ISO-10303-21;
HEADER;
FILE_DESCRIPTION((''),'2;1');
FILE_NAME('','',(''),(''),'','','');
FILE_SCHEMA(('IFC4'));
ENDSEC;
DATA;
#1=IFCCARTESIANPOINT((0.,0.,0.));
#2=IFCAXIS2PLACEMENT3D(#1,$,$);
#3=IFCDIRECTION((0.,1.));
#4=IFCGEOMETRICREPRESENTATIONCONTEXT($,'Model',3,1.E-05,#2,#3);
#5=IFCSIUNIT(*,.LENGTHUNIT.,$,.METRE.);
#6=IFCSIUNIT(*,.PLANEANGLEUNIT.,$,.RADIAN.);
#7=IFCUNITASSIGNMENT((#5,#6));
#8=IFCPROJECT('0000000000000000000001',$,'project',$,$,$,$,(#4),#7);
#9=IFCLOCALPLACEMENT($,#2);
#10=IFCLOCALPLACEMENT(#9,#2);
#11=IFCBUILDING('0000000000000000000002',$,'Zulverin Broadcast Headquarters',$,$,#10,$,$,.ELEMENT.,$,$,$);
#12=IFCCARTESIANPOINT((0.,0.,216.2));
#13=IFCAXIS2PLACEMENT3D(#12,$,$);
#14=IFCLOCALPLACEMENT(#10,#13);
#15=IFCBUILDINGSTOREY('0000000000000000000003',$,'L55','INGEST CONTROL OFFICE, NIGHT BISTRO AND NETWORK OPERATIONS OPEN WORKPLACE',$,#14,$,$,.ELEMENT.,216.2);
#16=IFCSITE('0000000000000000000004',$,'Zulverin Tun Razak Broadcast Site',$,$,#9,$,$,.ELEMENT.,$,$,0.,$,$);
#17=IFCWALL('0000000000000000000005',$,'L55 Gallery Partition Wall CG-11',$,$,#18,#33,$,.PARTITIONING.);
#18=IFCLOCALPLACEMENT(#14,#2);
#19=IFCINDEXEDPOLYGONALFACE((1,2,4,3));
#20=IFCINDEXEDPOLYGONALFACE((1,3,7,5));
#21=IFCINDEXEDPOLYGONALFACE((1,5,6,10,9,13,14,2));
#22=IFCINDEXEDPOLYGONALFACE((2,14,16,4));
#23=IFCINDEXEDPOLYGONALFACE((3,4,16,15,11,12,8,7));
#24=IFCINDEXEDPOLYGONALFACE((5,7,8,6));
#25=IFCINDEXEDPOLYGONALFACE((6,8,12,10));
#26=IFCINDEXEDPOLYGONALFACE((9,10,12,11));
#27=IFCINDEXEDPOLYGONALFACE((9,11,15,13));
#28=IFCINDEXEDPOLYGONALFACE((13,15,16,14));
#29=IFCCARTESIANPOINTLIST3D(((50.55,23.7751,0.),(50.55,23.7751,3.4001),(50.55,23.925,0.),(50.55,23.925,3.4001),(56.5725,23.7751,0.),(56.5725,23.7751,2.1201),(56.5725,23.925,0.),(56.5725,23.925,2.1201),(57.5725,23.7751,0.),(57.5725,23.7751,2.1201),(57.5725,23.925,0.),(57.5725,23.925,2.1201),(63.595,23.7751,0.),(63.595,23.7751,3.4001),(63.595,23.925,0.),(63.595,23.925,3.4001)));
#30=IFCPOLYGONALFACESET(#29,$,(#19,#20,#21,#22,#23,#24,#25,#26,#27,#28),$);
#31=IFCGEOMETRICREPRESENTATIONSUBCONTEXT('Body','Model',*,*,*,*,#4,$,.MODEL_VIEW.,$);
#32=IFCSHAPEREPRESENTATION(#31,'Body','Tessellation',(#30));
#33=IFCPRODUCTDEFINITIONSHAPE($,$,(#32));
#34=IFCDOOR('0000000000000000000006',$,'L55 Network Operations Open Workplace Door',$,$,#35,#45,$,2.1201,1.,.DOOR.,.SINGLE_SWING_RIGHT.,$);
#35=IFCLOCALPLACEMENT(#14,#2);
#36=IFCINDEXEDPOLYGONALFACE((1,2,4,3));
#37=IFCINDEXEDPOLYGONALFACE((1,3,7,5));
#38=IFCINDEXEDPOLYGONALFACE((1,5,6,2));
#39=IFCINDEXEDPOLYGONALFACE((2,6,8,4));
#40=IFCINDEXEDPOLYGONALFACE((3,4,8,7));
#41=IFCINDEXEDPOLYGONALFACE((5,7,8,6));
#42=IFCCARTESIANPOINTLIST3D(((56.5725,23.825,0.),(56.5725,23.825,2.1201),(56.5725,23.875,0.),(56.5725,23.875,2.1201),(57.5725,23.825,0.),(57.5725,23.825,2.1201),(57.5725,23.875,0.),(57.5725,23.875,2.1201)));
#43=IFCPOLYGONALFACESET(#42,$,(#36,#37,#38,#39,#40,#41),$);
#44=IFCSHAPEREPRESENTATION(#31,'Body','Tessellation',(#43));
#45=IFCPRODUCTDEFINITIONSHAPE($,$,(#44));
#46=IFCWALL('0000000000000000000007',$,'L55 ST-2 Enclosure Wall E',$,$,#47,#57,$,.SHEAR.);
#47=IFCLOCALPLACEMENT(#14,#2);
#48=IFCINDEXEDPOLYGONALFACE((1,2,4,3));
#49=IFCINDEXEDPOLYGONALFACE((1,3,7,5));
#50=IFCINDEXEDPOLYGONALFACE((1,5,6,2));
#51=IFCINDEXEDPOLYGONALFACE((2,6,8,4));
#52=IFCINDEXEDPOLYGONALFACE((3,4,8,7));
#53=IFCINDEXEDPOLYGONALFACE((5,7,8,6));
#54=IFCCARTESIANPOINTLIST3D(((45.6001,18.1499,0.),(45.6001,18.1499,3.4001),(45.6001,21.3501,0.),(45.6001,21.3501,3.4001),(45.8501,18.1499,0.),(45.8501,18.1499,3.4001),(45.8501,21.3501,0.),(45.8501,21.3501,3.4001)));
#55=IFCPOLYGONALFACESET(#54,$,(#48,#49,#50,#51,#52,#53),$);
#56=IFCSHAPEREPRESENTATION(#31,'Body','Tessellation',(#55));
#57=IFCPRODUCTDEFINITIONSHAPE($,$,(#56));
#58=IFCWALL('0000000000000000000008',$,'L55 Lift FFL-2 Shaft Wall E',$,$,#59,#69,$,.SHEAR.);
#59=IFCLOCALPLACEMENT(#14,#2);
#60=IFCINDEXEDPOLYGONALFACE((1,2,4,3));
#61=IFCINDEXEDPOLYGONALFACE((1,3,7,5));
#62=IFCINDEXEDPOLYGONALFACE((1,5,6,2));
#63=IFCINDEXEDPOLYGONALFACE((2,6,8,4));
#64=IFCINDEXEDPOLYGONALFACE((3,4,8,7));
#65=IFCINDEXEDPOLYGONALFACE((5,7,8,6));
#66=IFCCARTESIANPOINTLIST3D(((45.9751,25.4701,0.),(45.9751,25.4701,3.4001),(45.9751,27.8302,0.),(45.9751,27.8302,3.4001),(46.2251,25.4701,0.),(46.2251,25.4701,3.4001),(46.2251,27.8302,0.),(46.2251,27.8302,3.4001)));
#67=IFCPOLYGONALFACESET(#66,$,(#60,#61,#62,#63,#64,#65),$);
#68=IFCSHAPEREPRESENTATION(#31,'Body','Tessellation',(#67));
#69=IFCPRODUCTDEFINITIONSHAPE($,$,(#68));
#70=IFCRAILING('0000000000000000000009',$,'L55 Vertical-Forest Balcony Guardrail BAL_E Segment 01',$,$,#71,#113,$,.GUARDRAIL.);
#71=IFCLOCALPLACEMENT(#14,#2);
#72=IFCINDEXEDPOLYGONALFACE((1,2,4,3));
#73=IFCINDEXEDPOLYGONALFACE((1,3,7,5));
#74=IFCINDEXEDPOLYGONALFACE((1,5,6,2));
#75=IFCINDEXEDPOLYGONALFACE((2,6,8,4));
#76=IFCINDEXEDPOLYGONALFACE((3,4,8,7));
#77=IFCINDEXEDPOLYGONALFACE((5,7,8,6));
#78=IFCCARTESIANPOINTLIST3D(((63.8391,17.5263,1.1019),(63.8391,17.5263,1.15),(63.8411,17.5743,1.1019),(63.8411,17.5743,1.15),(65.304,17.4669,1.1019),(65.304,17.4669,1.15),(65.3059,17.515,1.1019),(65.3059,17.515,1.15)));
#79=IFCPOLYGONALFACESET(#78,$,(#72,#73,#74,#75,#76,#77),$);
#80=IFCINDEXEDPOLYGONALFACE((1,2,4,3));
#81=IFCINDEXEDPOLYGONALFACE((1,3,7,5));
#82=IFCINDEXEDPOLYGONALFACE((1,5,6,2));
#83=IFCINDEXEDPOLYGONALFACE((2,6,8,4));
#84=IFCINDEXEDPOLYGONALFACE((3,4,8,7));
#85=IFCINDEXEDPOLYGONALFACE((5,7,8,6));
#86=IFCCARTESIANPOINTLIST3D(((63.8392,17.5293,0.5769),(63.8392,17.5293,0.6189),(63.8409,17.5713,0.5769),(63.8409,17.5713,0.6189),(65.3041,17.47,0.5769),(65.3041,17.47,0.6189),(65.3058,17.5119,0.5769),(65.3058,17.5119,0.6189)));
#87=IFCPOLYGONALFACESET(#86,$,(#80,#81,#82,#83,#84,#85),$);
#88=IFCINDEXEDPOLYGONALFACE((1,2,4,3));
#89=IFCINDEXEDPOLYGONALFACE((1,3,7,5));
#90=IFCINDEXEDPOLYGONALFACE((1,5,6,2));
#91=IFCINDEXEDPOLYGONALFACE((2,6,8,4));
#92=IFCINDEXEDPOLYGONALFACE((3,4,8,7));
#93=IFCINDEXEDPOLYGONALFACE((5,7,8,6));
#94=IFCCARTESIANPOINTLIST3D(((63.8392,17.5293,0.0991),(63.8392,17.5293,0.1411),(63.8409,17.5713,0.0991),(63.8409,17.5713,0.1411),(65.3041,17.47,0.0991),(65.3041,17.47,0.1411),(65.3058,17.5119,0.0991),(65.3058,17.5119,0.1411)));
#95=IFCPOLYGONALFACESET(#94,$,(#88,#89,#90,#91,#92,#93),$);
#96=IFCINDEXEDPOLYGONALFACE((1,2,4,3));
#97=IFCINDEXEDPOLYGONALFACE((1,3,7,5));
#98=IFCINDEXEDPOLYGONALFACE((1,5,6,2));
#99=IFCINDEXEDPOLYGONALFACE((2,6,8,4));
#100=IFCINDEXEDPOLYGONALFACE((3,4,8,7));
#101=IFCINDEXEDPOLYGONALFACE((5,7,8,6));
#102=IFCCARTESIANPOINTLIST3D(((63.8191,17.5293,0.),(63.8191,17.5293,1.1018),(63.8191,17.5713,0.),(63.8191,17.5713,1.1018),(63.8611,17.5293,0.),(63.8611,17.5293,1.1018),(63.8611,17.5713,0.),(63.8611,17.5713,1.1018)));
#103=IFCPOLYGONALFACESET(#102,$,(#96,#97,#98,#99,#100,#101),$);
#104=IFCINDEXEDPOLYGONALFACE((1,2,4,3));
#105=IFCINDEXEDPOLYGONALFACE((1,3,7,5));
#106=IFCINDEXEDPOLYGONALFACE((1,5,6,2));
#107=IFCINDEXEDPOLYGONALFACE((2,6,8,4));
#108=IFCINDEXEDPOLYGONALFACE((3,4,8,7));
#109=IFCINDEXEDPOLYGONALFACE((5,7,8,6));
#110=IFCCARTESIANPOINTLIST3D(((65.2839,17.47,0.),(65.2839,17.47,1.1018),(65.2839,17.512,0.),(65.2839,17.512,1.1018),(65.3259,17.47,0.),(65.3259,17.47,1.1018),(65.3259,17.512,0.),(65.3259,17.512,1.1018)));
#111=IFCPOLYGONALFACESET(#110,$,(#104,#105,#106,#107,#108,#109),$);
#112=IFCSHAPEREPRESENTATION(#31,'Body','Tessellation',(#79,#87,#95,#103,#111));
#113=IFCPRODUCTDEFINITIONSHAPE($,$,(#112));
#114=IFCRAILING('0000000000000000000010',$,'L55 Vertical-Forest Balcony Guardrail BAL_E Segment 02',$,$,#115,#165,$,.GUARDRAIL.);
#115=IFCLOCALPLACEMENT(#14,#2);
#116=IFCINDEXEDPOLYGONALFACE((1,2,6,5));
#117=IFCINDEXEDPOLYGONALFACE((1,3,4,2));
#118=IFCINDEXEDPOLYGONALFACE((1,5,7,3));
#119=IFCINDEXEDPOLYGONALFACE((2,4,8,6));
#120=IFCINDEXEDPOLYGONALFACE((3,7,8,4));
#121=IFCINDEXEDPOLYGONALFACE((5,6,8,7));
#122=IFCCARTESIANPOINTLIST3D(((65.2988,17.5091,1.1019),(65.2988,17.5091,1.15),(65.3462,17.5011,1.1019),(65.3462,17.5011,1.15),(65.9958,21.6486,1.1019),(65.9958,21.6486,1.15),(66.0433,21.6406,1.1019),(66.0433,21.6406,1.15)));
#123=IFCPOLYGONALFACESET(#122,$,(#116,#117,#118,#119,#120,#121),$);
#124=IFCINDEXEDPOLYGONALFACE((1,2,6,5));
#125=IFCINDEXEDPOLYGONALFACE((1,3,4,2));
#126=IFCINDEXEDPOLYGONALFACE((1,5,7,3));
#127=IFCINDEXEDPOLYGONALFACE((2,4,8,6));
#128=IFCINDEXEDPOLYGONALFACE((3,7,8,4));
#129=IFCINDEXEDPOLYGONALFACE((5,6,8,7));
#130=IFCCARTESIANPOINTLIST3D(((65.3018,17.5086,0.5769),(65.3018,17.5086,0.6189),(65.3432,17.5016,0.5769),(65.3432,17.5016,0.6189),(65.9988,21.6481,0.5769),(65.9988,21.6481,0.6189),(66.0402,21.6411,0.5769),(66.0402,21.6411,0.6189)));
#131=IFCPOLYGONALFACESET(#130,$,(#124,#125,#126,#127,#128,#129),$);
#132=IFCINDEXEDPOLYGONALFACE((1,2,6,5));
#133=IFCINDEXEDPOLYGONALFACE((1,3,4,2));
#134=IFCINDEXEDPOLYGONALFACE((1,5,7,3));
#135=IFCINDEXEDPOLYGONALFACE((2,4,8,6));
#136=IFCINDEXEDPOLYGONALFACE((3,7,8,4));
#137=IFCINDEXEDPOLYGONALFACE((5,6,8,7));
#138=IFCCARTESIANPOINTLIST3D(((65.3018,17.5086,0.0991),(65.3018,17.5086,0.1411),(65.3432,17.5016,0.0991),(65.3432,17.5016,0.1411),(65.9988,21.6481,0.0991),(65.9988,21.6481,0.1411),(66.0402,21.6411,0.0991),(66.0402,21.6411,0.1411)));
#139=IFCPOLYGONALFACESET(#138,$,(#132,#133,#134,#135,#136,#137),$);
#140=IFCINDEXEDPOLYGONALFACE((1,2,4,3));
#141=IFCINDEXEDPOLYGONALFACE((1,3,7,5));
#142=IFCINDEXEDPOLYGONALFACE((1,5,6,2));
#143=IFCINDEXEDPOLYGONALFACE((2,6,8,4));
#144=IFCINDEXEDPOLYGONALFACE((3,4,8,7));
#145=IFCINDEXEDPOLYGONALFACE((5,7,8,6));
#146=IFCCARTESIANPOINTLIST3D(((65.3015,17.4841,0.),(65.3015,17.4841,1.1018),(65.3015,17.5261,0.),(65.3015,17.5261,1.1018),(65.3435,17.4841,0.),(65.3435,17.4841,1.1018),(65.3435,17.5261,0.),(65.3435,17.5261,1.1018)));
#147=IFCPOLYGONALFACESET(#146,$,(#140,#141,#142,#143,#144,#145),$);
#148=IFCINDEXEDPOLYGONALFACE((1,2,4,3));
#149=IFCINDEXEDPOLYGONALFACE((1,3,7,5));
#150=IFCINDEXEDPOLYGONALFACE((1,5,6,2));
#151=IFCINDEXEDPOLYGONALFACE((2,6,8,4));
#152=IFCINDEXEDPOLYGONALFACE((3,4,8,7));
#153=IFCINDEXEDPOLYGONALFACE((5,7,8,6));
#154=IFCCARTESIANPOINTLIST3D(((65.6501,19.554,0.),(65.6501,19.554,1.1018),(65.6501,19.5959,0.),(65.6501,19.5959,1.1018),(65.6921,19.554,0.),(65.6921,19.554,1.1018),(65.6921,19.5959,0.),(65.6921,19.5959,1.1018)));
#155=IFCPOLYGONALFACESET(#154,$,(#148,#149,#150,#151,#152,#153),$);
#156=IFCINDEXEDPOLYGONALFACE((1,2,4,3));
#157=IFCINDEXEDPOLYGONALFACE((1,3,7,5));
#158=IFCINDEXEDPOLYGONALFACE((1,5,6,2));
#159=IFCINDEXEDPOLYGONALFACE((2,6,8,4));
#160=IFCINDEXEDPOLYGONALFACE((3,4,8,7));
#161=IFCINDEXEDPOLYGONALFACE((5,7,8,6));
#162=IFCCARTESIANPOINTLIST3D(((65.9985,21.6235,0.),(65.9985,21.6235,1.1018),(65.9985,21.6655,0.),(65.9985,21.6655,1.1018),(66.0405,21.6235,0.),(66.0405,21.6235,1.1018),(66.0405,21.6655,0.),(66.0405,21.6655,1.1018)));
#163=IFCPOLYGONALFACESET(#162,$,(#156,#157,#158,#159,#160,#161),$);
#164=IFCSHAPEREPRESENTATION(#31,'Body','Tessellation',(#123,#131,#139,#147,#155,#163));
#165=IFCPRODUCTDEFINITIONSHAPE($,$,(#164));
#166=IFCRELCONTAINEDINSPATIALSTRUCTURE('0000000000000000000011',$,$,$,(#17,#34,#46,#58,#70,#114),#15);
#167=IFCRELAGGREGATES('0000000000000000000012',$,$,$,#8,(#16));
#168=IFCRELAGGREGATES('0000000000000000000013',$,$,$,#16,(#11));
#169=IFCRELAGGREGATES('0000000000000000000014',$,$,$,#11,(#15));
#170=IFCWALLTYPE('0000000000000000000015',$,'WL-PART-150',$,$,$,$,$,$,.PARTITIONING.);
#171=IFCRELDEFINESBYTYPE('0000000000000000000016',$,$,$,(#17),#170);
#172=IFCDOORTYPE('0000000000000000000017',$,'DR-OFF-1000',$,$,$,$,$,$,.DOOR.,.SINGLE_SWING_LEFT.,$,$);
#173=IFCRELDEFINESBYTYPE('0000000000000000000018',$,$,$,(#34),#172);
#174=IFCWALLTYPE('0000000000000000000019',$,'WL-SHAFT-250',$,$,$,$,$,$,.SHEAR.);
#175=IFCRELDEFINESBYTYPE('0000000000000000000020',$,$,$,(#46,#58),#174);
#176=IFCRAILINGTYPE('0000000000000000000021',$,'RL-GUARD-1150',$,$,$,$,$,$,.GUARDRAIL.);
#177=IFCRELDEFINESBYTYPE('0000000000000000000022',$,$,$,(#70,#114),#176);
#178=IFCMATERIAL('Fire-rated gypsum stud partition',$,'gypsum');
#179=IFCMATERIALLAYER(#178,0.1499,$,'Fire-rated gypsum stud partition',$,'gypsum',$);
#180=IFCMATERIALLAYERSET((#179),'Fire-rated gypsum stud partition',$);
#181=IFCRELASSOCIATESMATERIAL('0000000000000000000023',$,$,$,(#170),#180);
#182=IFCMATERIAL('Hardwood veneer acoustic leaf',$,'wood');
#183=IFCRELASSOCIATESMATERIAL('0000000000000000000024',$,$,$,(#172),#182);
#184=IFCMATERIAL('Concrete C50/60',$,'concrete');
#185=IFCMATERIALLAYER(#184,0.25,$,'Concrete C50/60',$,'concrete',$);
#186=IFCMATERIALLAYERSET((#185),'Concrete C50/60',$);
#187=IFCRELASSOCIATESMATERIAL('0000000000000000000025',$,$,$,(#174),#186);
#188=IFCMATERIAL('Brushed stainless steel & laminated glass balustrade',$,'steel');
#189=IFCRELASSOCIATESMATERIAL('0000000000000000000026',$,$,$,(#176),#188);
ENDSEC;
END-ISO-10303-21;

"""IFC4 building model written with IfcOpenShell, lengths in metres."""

from ifc_helpers import new_model, si_unit, direction, frame, frame_2d, origin, origin_2d, place, context, subcontext, project, spatial, rectangle, extrude, material, layer, layer_set, type_object, element, fill, save


model = new_model("IFC4")

# Units and contexts
model_context = context("Model", 3, precision=1e-05, world=origin(), true_north=direction((0.0, 1.0)))
body_context = subcontext(model_context, "Body", "Model", "MODEL_VIEW")
ifc_project = project(units=[si_unit("LENGTHUNIT", "METRE"), si_unit("PLANEANGLEUNIT", "RADIAN")], contexts=[model_context])

# Site, building, storey
site_placement = place(None, origin())
site = spatial("IfcSite", under=ifc_project, at=site_placement, Name="Zulverin Tun Razak Broadcast Site", CompositionType="ELEMENT", RefElevation=0.0)
building_placement = place(site_placement, origin())
building = spatial("IfcBuilding", under=site, at=building_placement, Name="Zulverin Broadcast Headquarters", CompositionType="ELEMENT")
storey_placement = place(building_placement, frame((0.0, 0.0, 216.2)))
storey = spatial("IfcBuildingStorey", under=building, at=storey_placement, Name="L55", Description="INGEST CONTROL OFFICE, NIGHT BISTRO AND NETWORK OPERATIONS OPEN WORKPLACE", CompositionType="ELEMENT", Elevation=216.2)

# Shared definitions
ifc_material_1 = material(Name="Concrete C50/60", Category="concrete")

# Wall, opening, door
ifc_material_2 = material(Name="Fire-rated gypsum stud partition", Category="gypsum")
ifc_layer_1 = layer(ifc_material_2, 0.1499, Name="Fire-rated gypsum stud partition", Category="gypsum")
ifc_layer_set_1 = layer_set([ifc_layer_1], Name="Fire-rated gypsum stud partition")
wall_type_1 = type_object("IfcWallType", Name="WL-PART-150", PredefinedType="PARTITIONING", material=ifc_layer_set_1)
wall_1_placement = place(storey_placement, frame((50.55, 23.8501, 0.0), z_axis=(0.0, 0.0, 1.0), x_axis=(1.0, 0.0, 0.0)))
wall_1 = element("IfcWall", 1, at=wall_1_placement, inside=storey, type_object=wall_type_1, Name="L55 Gallery Partition Wall CG-11", PredefinedType="PARTITIONING", context=body_context, shape_type="SweptSolid", body=[
    extrude(rectangle(XDim=13.0449, YDim=0.1499, at=frame_2d((6.5225, 0.0))), origin(), (0.0, 0.0, 1.0), 3.4001),
])
opening_1_placement = place(wall_1_placement, frame((6.0225, 0.0, 0.0)))
opening_1 = element("IfcOpeningElement", 2, at=opening_1_placement, cuts=wall_1, PredefinedType="OPENING", context=body_context, shape_type="SweptSolid", body=[
    extrude(rectangle(XDim=1.0, YDim=2.1201, at=frame_2d((0.5, 1.0601))), frame((0.0, 0.085, 0.0), z_axis=(0.0, -1.0, 0.0), x_axis=(1.0, 0.0, 0.0)), (0.0, 0.0, 1.0), 0.1699),
])
ifc_material_3 = material(Name="Hardwood veneer acoustic leaf", Category="wood")
door_type_1 = type_object("IfcDoorType", Name="DR-OFF-1000", OperationType="SINGLE_SWING_LEFT", PredefinedType="DOOR", material=ifc_material_3)
door_1_placement = place(opening_1_placement, origin())
door_1 = element("IfcDoor", 3, at=door_1_placement, inside=storey, type_object=door_type_1, Name="L55 Network Operations Open Workplace Door", OperationType="SINGLE_SWING_RIGHT", OverallHeight=2.1201, OverallWidth=1.0, PredefinedType="DOOR", context=body_context, shape_type="SweptSolid", body=[
    extrude(rectangle(XDim=1.0, YDim=2.1201, at=frame_2d((0.5, 1.0601))), frame((0.0, 0.0249, 0.0), z_axis=(0.0, -1.0, 0.0), x_axis=(1.0, 0.0, 0.0)), (0.0, 0.0, 1.0), 0.05),
])
fill(opening_1, door_1)

# Walls
ifc_layer_2 = layer(ifc_material_1, 0.25, Name="Concrete C50/60", Category="concrete")
ifc_layer_set_2 = layer_set([ifc_layer_2], Name="Concrete C50/60")
wall_type_2 = type_object("IfcWallType", Name="WL-SHAFT-250", PredefinedType="SHEAR", material=ifc_layer_set_2)
wall_2_placement = place(storey_placement, frame((45.7251, 18.1499, 0.0), z_axis=(0.0, 0.0, 1.0), x_axis=(0.0, 1.0, 0.0)))
element("IfcWall", 4, at=wall_2_placement, inside=storey, type_object=wall_type_2, Name="L55 ST-2 Enclosure Wall E", PredefinedType="SHEAR", context=body_context, shape_type="SweptSolid", body=[
    extrude(rectangle(XDim=3.2002, YDim=0.25, at=frame_2d((1.6001, 0.0))), origin(), (0.0, 0.0, 1.0), 3.4001),
])
wall_3_placement = place(storey_placement, frame((46.1001, 25.47, 0.0), z_axis=(0.0, 0.0, 1.0), x_axis=(0.0, 1.0, 0.0)))
element("IfcWall", 5, at=wall_3_placement, inside=storey, type_object=wall_type_2, Name="L55 Lift FFL-2 Shaft Wall E", PredefinedType="SHEAR", context=body_context, shape_type="SweptSolid", body=[
    extrude(rectangle(XDim=2.3601, YDim=0.25, at=frame_2d((1.1802, 0.0))), origin(), (0.0, 0.0, 1.0), 3.4001),
])

# Railings
ifc_material_4 = material(Name="Brushed stainless steel & laminated glass balustrade", Category="steel")
railing_type = type_object("IfcRailingType", Name="RL-GUARD-1150", PredefinedType="GUARDRAIL", material=ifc_material_4)
railing_1_placement = place(storey_placement, frame((63.8401, 17.5503, 0.0)))
element("IfcRailing", 6, at=railing_1_placement, inside=storey, type_object=railing_type, Name="L55 Vertical-Forest Balcony Guardrail BAL_E Segment 01", PredefinedType="GUARDRAIL", context=body_context, shape_type="SweptSolid", body=[
    extrude(rectangle(XDim=0.0481, YDim=0.0481, at=origin_2d()), frame((0.0, 0.0, 1.126), z_axis=(0.999181, -0.040467, 0.0), x_axis=(0.040467, 0.999181, 0.0)), (0.0, 0.0, 1.0), 1.4661),
    extrude(rectangle(XDim=0.042, YDim=0.042, at=origin_2d()), frame((0.0, 0.0, 0.5979), z_axis=(0.999181, -0.040467, 0.0), x_axis=(0.040467, 0.999181, 0.0)), (0.0, 0.0, 1.0), 1.4661),
    extrude(rectangle(XDim=0.042, YDim=0.042, at=origin_2d()), frame((0.0, 0.0, 0.1201), z_axis=(0.999181, -0.040467, 0.0), x_axis=(0.040467, 0.999181, 0.0)), (0.0, 0.0, 1.0), 1.4661),
    extrude(rectangle(XDim=0.042, YDim=0.042, at=origin_2d()), origin(), (0.0, 0.0, 1.0), 1.1018),
    extrude(rectangle(XDim=0.042, YDim=0.042, at=origin_2d()), frame((1.4648, -0.0593, 0.0)), (0.0, 0.0, 1.0), 1.1018),
])
railing_2_placement = place(storey_placement, frame((65.3225, 17.5051, 0.0)))
element("IfcRailing", 7, at=railing_2_placement, inside=storey, type_object=railing_type, Name="L55 Vertical-Forest Balcony Guardrail BAL_E Segment 02", PredefinedType="GUARDRAIL", context=body_context, shape_type="SweptSolid", body=[
    extrude(rectangle(XDim=0.0481, YDim=0.0481, at=origin_2d()), frame((0.0, 0.0, 1.126), z_axis=(0.166049, 0.986117, 0.0), x_axis=(-0.986117, 0.166049, 0.0)), (0.0, 0.0, 1.0), 4.1978),
    extrude(rectangle(XDim=0.042, YDim=0.042, at=origin_2d()), frame((0.0, 0.0, 0.5979), z_axis=(0.166049, 0.986117, 0.0), x_axis=(-0.986117, 0.166049, 0.0)), (0.0, 0.0, 1.0), 4.1978),
    extrude(rectangle(XDim=0.042, YDim=0.042, at=origin_2d()), frame((0.0, 0.0, 0.1201), z_axis=(0.166049, 0.986117, 0.0), x_axis=(-0.986117, 0.166049, 0.0)), (0.0, 0.0, 1.0), 4.1978),
    extrude(rectangle(XDim=0.042, YDim=0.042, at=origin_2d()), origin(), (0.0, 0.0, 1.0), 1.1018),
    extrude(rectangle(XDim=0.042, YDim=0.042, at=origin_2d()), frame((0.3486, 2.0698, 0.0)), (0.0, 0.0, 1.0), 1.1018),
    extrude(rectangle(XDim=0.042, YDim=0.042, at=origin_2d()), frame((0.697, 4.1394, 0.0)), (0.0, 0.0, 1.0), 1.1018),
])

save(model, "model.ifc")
